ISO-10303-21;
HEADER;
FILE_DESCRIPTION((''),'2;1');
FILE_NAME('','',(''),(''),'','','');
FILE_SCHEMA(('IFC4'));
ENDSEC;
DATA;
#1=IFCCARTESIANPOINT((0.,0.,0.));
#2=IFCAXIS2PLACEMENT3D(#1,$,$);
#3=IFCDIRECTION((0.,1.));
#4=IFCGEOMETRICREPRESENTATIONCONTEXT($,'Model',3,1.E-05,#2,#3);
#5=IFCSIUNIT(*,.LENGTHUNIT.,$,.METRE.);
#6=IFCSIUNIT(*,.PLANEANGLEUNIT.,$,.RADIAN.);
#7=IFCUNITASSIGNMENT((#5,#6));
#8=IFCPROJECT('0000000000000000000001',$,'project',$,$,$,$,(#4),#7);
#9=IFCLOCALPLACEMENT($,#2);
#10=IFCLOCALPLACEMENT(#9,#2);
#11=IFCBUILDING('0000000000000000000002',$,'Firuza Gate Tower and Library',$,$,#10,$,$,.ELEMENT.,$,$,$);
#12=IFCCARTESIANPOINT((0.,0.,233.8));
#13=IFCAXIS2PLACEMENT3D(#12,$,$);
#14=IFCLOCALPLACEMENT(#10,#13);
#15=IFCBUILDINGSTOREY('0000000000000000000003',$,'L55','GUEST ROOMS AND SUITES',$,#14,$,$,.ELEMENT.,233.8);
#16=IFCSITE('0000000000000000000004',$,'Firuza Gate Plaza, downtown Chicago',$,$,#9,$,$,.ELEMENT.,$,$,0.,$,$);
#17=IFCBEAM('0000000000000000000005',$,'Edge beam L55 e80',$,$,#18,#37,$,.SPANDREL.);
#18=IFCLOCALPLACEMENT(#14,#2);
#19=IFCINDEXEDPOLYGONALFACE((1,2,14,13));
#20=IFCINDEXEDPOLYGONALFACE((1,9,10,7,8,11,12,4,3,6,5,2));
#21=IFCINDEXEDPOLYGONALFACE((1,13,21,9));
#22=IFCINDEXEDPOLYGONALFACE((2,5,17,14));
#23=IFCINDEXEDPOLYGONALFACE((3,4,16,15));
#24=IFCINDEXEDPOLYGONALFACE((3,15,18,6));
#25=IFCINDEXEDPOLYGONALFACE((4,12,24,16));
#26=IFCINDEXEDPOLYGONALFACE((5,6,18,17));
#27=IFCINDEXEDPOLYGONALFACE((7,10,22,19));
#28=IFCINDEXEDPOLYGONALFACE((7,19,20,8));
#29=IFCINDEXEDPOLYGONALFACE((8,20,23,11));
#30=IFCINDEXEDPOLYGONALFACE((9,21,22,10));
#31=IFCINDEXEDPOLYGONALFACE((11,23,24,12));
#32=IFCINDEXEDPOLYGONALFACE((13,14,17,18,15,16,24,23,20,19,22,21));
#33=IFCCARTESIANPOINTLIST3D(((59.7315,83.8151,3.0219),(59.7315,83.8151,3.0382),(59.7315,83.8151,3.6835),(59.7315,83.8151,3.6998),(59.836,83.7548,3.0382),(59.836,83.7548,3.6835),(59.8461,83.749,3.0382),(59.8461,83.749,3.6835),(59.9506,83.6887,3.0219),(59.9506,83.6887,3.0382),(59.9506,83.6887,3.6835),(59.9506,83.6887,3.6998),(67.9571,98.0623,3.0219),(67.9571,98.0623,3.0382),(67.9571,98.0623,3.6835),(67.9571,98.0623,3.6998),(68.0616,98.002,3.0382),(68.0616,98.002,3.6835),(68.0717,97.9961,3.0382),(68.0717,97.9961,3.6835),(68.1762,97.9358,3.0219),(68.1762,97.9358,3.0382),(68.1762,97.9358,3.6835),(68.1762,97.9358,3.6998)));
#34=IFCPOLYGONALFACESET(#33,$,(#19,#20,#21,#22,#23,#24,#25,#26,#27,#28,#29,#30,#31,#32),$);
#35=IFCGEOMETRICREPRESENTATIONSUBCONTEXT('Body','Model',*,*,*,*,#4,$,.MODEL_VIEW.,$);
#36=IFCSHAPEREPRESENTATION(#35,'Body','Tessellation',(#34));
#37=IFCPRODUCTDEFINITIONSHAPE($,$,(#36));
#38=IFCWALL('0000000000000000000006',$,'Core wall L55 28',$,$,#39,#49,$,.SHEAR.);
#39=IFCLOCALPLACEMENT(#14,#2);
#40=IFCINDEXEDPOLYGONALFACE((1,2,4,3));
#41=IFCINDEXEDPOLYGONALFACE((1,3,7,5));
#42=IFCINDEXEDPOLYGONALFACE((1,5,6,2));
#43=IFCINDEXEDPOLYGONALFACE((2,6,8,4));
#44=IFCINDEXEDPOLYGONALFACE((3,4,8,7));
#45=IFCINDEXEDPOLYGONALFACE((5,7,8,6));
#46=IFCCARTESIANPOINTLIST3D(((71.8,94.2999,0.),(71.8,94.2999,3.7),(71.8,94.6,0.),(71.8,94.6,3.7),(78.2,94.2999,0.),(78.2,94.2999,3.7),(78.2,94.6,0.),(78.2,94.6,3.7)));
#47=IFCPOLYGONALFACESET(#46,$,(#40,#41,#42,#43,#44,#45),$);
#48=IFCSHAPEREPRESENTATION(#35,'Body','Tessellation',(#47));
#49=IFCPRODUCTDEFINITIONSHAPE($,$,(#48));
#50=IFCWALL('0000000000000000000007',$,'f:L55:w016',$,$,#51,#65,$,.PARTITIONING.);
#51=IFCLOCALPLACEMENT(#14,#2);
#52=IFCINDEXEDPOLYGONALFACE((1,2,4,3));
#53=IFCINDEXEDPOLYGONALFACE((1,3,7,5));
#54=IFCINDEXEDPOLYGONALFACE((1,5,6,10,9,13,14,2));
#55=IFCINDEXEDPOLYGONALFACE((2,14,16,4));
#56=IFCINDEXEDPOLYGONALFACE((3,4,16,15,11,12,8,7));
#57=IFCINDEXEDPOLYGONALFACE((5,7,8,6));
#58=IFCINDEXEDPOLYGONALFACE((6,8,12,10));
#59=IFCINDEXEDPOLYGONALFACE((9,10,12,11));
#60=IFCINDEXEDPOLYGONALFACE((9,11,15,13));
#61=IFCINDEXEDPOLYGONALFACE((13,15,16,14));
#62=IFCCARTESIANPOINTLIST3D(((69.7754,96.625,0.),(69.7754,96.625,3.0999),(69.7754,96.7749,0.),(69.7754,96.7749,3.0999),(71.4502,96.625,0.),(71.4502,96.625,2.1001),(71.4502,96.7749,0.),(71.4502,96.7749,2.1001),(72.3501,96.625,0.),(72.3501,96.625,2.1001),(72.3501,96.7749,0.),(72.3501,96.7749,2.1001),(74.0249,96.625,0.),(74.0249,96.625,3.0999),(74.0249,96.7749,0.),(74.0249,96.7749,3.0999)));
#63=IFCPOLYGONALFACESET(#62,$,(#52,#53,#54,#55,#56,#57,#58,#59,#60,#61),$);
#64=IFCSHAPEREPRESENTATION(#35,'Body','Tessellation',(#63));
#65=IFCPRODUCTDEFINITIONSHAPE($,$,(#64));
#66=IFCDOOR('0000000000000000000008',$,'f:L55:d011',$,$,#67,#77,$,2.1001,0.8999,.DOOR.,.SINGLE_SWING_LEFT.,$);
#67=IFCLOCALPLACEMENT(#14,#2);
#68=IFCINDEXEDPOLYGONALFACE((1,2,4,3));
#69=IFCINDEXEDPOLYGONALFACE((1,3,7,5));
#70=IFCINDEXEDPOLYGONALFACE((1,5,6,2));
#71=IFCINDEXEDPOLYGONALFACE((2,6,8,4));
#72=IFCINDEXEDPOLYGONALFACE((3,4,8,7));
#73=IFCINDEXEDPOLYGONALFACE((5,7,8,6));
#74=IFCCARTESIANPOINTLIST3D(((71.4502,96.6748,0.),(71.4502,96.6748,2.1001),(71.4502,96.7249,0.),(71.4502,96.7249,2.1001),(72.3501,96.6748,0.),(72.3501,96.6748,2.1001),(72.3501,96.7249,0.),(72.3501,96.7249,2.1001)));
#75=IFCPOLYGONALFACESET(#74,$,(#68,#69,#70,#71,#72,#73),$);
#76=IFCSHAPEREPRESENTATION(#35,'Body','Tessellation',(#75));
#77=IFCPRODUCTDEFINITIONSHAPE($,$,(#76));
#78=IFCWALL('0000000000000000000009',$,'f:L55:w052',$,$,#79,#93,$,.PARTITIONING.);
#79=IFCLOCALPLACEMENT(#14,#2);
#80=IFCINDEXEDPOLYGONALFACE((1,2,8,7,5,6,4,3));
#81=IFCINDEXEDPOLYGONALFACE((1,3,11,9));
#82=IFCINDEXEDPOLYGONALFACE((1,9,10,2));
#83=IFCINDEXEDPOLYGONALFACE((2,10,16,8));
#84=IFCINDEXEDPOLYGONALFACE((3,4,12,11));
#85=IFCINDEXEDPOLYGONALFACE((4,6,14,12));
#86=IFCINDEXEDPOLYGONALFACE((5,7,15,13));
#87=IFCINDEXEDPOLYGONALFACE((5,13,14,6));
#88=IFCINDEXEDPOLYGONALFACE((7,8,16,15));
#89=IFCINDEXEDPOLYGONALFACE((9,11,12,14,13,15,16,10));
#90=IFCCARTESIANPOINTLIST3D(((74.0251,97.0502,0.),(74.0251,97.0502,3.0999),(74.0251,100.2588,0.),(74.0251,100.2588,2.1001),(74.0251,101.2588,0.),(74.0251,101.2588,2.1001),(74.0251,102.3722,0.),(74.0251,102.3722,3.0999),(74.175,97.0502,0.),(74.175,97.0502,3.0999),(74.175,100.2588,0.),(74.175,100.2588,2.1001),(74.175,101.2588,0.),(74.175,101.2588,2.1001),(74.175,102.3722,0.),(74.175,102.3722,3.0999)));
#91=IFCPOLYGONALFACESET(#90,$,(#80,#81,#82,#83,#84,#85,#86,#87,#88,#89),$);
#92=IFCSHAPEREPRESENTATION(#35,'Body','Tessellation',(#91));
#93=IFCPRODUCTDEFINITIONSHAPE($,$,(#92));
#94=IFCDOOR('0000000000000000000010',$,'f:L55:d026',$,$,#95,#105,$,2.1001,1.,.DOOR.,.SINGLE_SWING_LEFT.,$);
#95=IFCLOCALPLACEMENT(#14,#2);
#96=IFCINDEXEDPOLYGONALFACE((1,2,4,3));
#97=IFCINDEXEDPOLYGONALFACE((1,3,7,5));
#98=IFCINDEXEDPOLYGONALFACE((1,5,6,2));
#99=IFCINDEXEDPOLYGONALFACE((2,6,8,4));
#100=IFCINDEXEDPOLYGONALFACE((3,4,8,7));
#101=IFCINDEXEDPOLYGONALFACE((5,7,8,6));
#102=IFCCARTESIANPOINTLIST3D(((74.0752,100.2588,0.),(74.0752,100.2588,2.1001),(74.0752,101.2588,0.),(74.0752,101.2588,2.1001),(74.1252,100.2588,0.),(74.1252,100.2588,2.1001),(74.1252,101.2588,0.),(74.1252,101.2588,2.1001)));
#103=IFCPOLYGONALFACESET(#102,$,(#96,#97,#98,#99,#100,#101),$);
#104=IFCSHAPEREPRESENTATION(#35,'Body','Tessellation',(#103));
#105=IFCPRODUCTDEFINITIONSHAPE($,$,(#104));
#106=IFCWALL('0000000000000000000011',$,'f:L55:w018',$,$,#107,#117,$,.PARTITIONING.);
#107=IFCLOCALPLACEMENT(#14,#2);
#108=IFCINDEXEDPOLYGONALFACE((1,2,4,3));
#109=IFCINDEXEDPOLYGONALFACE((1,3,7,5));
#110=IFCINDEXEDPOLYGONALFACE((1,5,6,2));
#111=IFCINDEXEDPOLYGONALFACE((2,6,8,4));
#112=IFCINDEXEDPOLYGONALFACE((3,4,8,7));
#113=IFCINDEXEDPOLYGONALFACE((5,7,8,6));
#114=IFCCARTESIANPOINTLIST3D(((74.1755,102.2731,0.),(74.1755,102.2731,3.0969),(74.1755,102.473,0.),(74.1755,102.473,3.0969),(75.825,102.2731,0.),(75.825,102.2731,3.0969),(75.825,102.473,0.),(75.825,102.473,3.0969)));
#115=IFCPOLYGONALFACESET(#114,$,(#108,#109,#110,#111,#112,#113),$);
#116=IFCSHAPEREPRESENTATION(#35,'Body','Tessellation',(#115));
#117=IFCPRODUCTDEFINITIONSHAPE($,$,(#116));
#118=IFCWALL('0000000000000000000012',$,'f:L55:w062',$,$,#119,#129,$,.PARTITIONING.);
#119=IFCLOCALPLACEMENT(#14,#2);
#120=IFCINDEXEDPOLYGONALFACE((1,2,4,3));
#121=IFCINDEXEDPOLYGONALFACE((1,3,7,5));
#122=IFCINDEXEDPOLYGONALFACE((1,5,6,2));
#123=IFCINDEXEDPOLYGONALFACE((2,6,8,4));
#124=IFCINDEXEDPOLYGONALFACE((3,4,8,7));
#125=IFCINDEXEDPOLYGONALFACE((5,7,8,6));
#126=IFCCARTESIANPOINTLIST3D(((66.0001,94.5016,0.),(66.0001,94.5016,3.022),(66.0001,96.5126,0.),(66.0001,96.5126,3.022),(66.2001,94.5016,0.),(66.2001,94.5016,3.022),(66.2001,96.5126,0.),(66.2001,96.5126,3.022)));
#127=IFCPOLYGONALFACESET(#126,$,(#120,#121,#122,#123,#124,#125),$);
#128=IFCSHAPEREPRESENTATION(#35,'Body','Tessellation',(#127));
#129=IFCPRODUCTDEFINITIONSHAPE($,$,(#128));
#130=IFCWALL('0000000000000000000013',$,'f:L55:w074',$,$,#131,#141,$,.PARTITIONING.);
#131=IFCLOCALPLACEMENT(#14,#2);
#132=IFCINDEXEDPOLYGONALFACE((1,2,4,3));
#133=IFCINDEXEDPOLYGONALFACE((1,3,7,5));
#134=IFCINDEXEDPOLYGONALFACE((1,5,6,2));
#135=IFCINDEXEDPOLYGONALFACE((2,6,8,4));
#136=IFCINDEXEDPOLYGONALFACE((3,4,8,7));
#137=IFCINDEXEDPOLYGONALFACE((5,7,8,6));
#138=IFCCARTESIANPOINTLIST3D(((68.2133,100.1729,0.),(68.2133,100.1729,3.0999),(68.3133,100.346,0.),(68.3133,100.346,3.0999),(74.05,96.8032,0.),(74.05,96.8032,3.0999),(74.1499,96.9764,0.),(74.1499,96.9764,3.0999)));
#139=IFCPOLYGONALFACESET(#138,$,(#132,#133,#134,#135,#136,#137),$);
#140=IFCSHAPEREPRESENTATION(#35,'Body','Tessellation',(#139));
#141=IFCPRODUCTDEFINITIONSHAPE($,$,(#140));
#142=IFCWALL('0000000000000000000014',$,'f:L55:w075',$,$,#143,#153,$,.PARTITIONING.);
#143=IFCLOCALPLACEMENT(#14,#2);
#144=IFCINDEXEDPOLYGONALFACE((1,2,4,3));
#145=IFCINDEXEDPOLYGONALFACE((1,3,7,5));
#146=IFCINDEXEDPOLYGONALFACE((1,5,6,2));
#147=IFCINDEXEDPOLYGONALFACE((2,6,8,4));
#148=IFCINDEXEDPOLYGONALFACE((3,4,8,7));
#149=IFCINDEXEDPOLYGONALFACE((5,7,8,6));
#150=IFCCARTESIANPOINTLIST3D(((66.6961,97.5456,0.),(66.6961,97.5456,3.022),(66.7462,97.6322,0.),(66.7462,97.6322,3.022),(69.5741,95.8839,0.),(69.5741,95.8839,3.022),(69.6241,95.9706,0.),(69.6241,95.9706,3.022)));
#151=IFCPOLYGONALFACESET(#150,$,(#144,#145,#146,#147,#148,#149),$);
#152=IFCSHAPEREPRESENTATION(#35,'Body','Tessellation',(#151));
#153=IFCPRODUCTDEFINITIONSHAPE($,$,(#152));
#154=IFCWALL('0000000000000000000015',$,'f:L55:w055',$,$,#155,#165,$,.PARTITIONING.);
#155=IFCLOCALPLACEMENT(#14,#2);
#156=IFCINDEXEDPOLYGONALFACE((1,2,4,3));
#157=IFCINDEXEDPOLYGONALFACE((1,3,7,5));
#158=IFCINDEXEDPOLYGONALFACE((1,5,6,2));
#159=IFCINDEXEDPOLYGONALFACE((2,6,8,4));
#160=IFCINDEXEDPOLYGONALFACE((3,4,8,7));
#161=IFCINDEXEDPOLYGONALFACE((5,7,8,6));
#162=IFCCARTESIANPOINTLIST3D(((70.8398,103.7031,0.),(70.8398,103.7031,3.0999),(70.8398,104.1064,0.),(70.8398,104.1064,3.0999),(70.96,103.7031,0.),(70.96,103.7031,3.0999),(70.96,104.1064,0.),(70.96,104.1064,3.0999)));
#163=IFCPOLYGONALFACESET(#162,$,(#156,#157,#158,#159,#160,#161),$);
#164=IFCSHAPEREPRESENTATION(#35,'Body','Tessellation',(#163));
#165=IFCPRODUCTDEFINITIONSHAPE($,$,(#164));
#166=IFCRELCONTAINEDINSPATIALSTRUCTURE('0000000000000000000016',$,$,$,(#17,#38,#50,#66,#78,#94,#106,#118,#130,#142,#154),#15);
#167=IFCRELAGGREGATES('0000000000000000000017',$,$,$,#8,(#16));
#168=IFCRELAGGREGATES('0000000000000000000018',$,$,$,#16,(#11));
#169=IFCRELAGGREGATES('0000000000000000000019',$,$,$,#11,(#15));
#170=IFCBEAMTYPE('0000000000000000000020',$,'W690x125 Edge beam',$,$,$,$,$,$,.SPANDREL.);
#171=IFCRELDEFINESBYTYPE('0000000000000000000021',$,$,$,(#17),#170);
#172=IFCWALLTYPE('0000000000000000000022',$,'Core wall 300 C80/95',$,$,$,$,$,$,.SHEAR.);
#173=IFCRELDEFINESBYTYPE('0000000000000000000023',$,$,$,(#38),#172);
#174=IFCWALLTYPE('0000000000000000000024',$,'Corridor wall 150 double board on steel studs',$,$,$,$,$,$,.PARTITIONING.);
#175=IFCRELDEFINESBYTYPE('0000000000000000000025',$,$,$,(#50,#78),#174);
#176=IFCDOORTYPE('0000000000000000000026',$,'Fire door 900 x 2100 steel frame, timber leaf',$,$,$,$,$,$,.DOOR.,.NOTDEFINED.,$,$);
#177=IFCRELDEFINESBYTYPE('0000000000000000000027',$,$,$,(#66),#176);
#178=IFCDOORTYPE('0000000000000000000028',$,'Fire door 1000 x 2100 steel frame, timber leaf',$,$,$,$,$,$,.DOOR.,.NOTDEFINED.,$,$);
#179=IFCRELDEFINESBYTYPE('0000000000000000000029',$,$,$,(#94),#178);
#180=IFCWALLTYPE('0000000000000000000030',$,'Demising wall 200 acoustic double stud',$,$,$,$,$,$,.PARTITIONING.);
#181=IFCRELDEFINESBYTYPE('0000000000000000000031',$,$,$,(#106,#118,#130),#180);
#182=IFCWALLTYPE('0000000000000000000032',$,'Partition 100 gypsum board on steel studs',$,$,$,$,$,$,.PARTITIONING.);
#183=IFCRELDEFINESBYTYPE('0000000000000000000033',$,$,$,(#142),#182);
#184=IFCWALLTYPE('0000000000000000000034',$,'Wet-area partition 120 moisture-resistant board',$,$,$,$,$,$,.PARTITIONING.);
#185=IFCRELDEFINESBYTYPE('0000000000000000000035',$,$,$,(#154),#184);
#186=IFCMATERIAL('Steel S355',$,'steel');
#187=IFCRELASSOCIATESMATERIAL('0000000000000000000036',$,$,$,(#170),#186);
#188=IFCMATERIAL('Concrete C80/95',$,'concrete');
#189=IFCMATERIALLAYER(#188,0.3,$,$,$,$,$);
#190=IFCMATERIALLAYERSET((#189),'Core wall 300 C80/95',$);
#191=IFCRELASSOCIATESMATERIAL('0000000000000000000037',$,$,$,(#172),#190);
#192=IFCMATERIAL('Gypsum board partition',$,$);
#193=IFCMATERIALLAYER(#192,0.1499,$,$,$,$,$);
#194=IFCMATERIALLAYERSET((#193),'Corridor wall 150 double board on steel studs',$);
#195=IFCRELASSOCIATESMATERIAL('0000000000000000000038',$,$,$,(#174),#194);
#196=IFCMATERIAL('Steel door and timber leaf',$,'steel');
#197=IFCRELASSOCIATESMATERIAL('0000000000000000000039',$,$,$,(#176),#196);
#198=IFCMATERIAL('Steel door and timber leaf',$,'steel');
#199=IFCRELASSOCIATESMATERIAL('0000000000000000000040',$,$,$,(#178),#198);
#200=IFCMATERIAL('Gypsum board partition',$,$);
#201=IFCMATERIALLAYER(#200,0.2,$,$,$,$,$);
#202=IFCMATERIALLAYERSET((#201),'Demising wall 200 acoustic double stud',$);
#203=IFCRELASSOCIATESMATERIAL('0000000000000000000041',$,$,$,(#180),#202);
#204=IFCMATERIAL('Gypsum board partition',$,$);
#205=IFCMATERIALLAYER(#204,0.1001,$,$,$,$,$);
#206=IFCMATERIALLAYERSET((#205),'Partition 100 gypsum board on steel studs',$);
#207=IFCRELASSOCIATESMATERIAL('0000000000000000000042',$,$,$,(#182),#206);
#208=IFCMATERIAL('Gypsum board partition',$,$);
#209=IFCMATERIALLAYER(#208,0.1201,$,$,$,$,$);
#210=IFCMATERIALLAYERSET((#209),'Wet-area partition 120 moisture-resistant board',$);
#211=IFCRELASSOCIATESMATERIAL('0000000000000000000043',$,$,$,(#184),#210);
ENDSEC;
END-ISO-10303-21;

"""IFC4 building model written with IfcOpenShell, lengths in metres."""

from ifc_helpers import new_model, si_unit, direction, frame, frame_2d, origin, origin_2d, place, context, subcontext, project, spatial, rectangle, i_section, extrude, material, layer, layer_set, material_profile, profile_set, type_object, element, fill, save


model = new_model("IFC4")

# Units and contexts
model_context = context("Model", 3, precision=1e-05, world=origin(), true_north=direction((0.0, 1.0)))
body_context = subcontext(model_context, "Body", "Model", "MODEL_VIEW")
ifc_project = project(units=[si_unit("LENGTHUNIT", "METRE"), si_unit("PLANEANGLEUNIT", "RADIAN")], contexts=[model_context])

# Site, building, storey
site_placement = place(None, origin())
site = spatial("IfcSite", under=ifc_project, at=site_placement, Name="Firuza Gate Plaza, downtown Chicago", CompositionType="ELEMENT", RefElevation=0.0)
building_placement = place(site_placement, origin())
building = spatial("IfcBuilding", under=site, at=building_placement, Name="Firuza Gate Tower and Library", CompositionType="ELEMENT")
storey_placement = place(building_placement, frame((0.0, 0.0, 233.8)))
storey = spatial("IfcBuildingStorey", under=building, at=storey_placement, Name="L55", Description="GUEST ROOMS AND SUITES", CompositionType="ELEMENT", Elevation=233.8)

# Beam
ifc_material_1 = material(Name="Steel S355", Category="steel")
ifc_material_profile_1 = material_profile(ifc_material_1, i_section(OverallWidth=0.2529, OverallDepth=0.678, WebThickness=0.0117, FlangeThickness=0.0164, at=origin_2d()))
ifc_profile_set_1 = profile_set([ifc_material_profile_1], Name="Steel S355")
beam_type_1 = type_object("IfcBeamType", Name="W690x125 Edge beam", PredefinedType="SPANDREL", material=ifc_profile_set_1)
beam_1_placement = place(storey_placement, frame((68.0667, 97.999, 3.3608), z_axis=(-0.500002, -0.866024, 0.0), x_axis=(0.866024, -0.500002, 0.0)))
element("IfcBeam", 1, at=beam_1_placement, inside=storey, type_object=beam_type_1, Name="Edge beam L55 e80", PredefinedType="SPANDREL", context=body_context, shape_type="SweptSolid", body=[
    extrude(i_section(OverallWidth=0.2529, OverallDepth=0.678, WebThickness=0.0117, FlangeThickness=0.0164, at=origin_2d()), origin(), (0.0, 0.0, 1.0), 16.4512),
])

# Wall
ifc_material_2 = material(Name="Concrete C80/95", Category="concrete")
ifc_layer_1 = layer(ifc_material_2, 0.3)
ifc_layer_set_1 = layer_set([ifc_layer_1], Name="Core wall 300 C80/95")
wall_type_1 = type_object("IfcWallType", Name="Core wall 300 C80/95", PredefinedType="SHEAR", material=ifc_layer_set_1)
wall_1_placement = place(storey_placement, frame((71.8, 94.45, 0.0), z_axis=(0.0, 0.0, 1.0), x_axis=(1.0, 0.0, 0.0)))
element("IfcWall", 2, at=wall_1_placement, inside=storey, type_object=wall_type_1, Name="Core wall L55 28", PredefinedType="SHEAR", context=body_context, shape_type="SweptSolid", body=[
    extrude(rectangle(XDim=6.3999, YDim=0.3, at=frame_2d((3.2, 0.0))), origin(), (0.0, 0.0, 1.0), 3.7),
])

# Walls, openings, doors
ifc_material_3 = material(Name="Gypsum board partition")
ifc_layer_2 = layer(ifc_material_3, 0.1499)
ifc_layer_set_2 = layer_set([ifc_layer_2], Name="Corridor wall 150 double board on steel studs")
wall_type_2 = type_object("IfcWallType", Name="Corridor wall 150 double board on steel studs", PredefinedType="PARTITIONING", material=ifc_layer_set_2)
wall_2_placement = place(storey_placement, frame((69.7754, 96.7, 0.0), z_axis=(0.0, 0.0, 1.0), x_axis=(1.0, 0.0, 0.0)))
wall_2 = element("IfcWall", 3, at=wall_2_placement, inside=storey, type_object=wall_type_2, Name="f:L55:w016", PredefinedType="PARTITIONING", context=body_context, shape_type="SweptSolid", body=[
    extrude(rectangle(XDim=4.2495, YDim=0.1499, at=frame_2d((2.1248, 0.0))), origin(), (0.0, 0.0, 1.0), 3.0999),
])
opening_1_placement = place(wall_2_placement, frame((1.6748, 0.0, 0.0)))
opening_1 = element("IfcOpeningElement", 4, at=opening_1_placement, cuts=wall_2, PredefinedType="OPENING", context=body_context, shape_type="SweptSolid", body=[
    extrude(rectangle(XDim=0.8999, YDim=2.1001, at=frame_2d((0.45, 1.05))), frame((0.0, 0.085, 0.0), z_axis=(0.0, -1.0, 0.0), x_axis=(1.0, 0.0, 0.0)), (0.0, 0.0, 1.0), 0.1699),
])
ifc_material_4 = material(Name="Steel door and timber leaf", Category="steel")
door_type_1 = type_object("IfcDoorType", Name="Fire door 900 x 2100 steel frame, timber leaf", OperationType="NOTDEFINED", PredefinedType="DOOR", material=ifc_material_4)
door_1_placement = place(opening_1_placement, origin())
door_1 = element("IfcDoor", 5, at=door_1_placement, inside=storey, type_object=door_type_1, Name="f:L55:d011", OperationType="SINGLE_SWING_LEFT", OverallHeight=2.1001, OverallWidth=0.8999, PredefinedType="DOOR", context=body_context, shape_type="SweptSolid", body=[
    extrude(rectangle(XDim=0.8999, YDim=2.1001, at=frame_2d((0.45, 1.05))), frame((0.0, 0.0249, 0.0), z_axis=(0.0, -1.0, 0.0), x_axis=(1.0, 0.0, 0.0)), (0.0, 0.0, 1.0), 0.05),
])
fill(opening_1, door_1)
wall_3_placement = place(storey_placement, frame((74.1001, 97.05, 0.0), z_axis=(0.0, 0.0, 1.0), x_axis=(0.0, 1.0, 0.0)))
wall_3 = element("IfcWall", 6, at=wall_3_placement, inside=storey, type_object=wall_type_2, Name="f:L55:w052", PredefinedType="PARTITIONING", context=body_context, shape_type="SweptSolid", body=[
    extrude(rectangle(XDim=5.322, YDim=0.1499, at=frame_2d((2.6611, 0.0))), origin(), (0.0, 0.0, 1.0), 3.0999),
])
opening_2_placement = place(wall_3_placement, frame((3.2087, 0.0, 0.0)))
opening_2 = element("IfcOpeningElement", 7, at=opening_2_placement, cuts=wall_3, PredefinedType="OPENING", context=body_context, shape_type="SweptSolid", body=[
    extrude(rectangle(XDim=1.0, YDim=2.1001, at=frame_2d((0.5, 1.05))), frame((0.0, 0.085, 0.0), z_axis=(0.0, -1.0, 0.0), x_axis=(1.0, 0.0, 0.0)), (0.0, 0.0, 1.0), 0.1699),
])
ifc_material_5 = material(Name="Steel door and timber leaf", Category="steel")
door_type_2 = type_object("IfcDoorType", Name="Fire door 1000 x 2100 steel frame, timber leaf", OperationType="NOTDEFINED", PredefinedType="DOOR", material=ifc_material_5)
door_2_placement = place(opening_2_placement, origin())
door_2 = element("IfcDoor", 8, at=door_2_placement, inside=storey, type_object=door_type_2, Name="f:L55:d026", OperationType="SINGLE_SWING_LEFT", OverallHeight=2.1001, OverallWidth=1.0, PredefinedType="DOOR", context=body_context, shape_type="SweptSolid", body=[
    extrude(rectangle(XDim=1.0, YDim=2.1001, at=frame_2d((0.5, 1.05))), frame((0.0, 0.0249, 0.0), z_axis=(0.0, -1.0, 0.0), x_axis=(1.0, 0.0, 0.0)), (0.0, 0.0, 1.0), 0.05),
])
fill(opening_2, door_2)

# Walls
ifc_material_6 = material(Name="Gypsum board partition")
ifc_layer_3 = layer(ifc_material_6, 0.2)
ifc_layer_set_3 = layer_set([ifc_layer_3], Name="Demising wall 200 acoustic double stud")
wall_type_3 = type_object("IfcWallType", Name="Demising wall 200 acoustic double stud", PredefinedType="PARTITIONING", material=ifc_layer_set_3)
wall_4_placement = place(storey_placement, frame((74.1755, 102.373, 0.0), z_axis=(0.0, 0.0, 1.0), x_axis=(1.0, 0.0, 0.0)))
element("IfcWall", 9, at=wall_4_placement, inside=storey, type_object=wall_type_3, Name="f:L55:w018", PredefinedType="PARTITIONING", context=body_context, shape_type="SweptSolid", body=[
    extrude(rectangle(XDim=1.6494, YDim=0.2, at=frame_2d((0.8247, 0.0))), origin(), (0.0, 0.0, 1.0), 3.0969),
])
wall_5_placement = place(storey_placement, frame((66.1001, 94.5017, 0.0), z_axis=(0.0, 0.0, 1.0), x_axis=(0.0, 1.0, 0.0)))
element("IfcWall", 10, at=wall_5_placement, inside=storey, type_object=wall_type_3, Name="f:L55:w062", PredefinedType="PARTITIONING", context=body_context, shape_type="SweptSolid", body=[
    extrude(rectangle(XDim=2.011, YDim=0.2, at=frame_2d((1.0054, 0.0))), origin(), (0.0, 0.0, 1.0), 3.022),
])
wall_6_placement = place(storey_placement, frame((74.0999, 96.8899, 0.0), z_axis=(0.0, 0.0, 1.0), x_axis=(-0.866037, 0.499981, 0.0)))
element("IfcWall", 11, at=wall_6_placement, inside=storey, type_object=wall_type_3, Name="f:L55:w074", PredefinedType="PARTITIONING", context=body_context, shape_type="SweptSolid", body=[
    extrude(rectangle(XDim=6.7395, YDim=0.2, at=frame_2d((3.3696, 0.0))), origin(), (0.0, 0.0, 1.0), 3.0999),
])
ifc_material_7 = material(Name="Gypsum board partition")
ifc_layer_4 = layer(ifc_material_7, 0.1001)
ifc_layer_set_4 = layer_set([ifc_layer_4], Name="Partition 100 gypsum board on steel studs")
wall_type_4 = type_object("IfcWallType", Name="Partition 100 gypsum board on steel studs", PredefinedType="PARTITIONING", material=ifc_layer_set_4)
wall_7_placement = place(storey_placement, frame((69.5991, 95.9272, 0.0), z_axis=(0.0, 0.0, 1.0), x_axis=(-0.866019, 0.500011, 0.0)))
element("IfcWall", 12, at=wall_7_placement, inside=storey, type_object=wall_type_4, Name="f:L55:w075", PredefinedType="PARTITIONING", context=body_context, shape_type="SweptSolid", body=[
    extrude(rectangle(XDim=3.3232, YDim=0.1001, at=frame_2d((1.6616, 0.0))), origin(), (0.0, 0.0, 1.0), 3.022),
])
ifc_material_8 = material(Name="Gypsum board partition")
ifc_layer_5 = layer(ifc_material_8, 0.1201)
ifc_layer_set_5 = layer_set([ifc_layer_5], Name="Wet-area partition 120 moisture-resistant board")
wall_type_5 = type_object("IfcWallType", Name="Wet-area partition 120 moisture-resistant board", PredefinedType="PARTITIONING", material=ifc_layer_set_5)
wall_8_placement = place(storey_placement, frame((70.8999, 103.7031, 0.0), z_axis=(0.0, 0.0, 1.0), x_axis=(0.0, 1.0, 0.0)))
element("IfcWall", 13, at=wall_8_placement, inside=storey, type_object=wall_type_5, Name="f:L55:w055", PredefinedType="PARTITIONING", context=body_context, shape_type="SweptSolid", body=[
    extrude(rectangle(XDim=0.4033, YDim=0.1201, at=frame_2d((0.2017, 0.0))), origin(), (0.0, 0.0, 1.0), 3.0999),
])

save(model, "model.ifc")
